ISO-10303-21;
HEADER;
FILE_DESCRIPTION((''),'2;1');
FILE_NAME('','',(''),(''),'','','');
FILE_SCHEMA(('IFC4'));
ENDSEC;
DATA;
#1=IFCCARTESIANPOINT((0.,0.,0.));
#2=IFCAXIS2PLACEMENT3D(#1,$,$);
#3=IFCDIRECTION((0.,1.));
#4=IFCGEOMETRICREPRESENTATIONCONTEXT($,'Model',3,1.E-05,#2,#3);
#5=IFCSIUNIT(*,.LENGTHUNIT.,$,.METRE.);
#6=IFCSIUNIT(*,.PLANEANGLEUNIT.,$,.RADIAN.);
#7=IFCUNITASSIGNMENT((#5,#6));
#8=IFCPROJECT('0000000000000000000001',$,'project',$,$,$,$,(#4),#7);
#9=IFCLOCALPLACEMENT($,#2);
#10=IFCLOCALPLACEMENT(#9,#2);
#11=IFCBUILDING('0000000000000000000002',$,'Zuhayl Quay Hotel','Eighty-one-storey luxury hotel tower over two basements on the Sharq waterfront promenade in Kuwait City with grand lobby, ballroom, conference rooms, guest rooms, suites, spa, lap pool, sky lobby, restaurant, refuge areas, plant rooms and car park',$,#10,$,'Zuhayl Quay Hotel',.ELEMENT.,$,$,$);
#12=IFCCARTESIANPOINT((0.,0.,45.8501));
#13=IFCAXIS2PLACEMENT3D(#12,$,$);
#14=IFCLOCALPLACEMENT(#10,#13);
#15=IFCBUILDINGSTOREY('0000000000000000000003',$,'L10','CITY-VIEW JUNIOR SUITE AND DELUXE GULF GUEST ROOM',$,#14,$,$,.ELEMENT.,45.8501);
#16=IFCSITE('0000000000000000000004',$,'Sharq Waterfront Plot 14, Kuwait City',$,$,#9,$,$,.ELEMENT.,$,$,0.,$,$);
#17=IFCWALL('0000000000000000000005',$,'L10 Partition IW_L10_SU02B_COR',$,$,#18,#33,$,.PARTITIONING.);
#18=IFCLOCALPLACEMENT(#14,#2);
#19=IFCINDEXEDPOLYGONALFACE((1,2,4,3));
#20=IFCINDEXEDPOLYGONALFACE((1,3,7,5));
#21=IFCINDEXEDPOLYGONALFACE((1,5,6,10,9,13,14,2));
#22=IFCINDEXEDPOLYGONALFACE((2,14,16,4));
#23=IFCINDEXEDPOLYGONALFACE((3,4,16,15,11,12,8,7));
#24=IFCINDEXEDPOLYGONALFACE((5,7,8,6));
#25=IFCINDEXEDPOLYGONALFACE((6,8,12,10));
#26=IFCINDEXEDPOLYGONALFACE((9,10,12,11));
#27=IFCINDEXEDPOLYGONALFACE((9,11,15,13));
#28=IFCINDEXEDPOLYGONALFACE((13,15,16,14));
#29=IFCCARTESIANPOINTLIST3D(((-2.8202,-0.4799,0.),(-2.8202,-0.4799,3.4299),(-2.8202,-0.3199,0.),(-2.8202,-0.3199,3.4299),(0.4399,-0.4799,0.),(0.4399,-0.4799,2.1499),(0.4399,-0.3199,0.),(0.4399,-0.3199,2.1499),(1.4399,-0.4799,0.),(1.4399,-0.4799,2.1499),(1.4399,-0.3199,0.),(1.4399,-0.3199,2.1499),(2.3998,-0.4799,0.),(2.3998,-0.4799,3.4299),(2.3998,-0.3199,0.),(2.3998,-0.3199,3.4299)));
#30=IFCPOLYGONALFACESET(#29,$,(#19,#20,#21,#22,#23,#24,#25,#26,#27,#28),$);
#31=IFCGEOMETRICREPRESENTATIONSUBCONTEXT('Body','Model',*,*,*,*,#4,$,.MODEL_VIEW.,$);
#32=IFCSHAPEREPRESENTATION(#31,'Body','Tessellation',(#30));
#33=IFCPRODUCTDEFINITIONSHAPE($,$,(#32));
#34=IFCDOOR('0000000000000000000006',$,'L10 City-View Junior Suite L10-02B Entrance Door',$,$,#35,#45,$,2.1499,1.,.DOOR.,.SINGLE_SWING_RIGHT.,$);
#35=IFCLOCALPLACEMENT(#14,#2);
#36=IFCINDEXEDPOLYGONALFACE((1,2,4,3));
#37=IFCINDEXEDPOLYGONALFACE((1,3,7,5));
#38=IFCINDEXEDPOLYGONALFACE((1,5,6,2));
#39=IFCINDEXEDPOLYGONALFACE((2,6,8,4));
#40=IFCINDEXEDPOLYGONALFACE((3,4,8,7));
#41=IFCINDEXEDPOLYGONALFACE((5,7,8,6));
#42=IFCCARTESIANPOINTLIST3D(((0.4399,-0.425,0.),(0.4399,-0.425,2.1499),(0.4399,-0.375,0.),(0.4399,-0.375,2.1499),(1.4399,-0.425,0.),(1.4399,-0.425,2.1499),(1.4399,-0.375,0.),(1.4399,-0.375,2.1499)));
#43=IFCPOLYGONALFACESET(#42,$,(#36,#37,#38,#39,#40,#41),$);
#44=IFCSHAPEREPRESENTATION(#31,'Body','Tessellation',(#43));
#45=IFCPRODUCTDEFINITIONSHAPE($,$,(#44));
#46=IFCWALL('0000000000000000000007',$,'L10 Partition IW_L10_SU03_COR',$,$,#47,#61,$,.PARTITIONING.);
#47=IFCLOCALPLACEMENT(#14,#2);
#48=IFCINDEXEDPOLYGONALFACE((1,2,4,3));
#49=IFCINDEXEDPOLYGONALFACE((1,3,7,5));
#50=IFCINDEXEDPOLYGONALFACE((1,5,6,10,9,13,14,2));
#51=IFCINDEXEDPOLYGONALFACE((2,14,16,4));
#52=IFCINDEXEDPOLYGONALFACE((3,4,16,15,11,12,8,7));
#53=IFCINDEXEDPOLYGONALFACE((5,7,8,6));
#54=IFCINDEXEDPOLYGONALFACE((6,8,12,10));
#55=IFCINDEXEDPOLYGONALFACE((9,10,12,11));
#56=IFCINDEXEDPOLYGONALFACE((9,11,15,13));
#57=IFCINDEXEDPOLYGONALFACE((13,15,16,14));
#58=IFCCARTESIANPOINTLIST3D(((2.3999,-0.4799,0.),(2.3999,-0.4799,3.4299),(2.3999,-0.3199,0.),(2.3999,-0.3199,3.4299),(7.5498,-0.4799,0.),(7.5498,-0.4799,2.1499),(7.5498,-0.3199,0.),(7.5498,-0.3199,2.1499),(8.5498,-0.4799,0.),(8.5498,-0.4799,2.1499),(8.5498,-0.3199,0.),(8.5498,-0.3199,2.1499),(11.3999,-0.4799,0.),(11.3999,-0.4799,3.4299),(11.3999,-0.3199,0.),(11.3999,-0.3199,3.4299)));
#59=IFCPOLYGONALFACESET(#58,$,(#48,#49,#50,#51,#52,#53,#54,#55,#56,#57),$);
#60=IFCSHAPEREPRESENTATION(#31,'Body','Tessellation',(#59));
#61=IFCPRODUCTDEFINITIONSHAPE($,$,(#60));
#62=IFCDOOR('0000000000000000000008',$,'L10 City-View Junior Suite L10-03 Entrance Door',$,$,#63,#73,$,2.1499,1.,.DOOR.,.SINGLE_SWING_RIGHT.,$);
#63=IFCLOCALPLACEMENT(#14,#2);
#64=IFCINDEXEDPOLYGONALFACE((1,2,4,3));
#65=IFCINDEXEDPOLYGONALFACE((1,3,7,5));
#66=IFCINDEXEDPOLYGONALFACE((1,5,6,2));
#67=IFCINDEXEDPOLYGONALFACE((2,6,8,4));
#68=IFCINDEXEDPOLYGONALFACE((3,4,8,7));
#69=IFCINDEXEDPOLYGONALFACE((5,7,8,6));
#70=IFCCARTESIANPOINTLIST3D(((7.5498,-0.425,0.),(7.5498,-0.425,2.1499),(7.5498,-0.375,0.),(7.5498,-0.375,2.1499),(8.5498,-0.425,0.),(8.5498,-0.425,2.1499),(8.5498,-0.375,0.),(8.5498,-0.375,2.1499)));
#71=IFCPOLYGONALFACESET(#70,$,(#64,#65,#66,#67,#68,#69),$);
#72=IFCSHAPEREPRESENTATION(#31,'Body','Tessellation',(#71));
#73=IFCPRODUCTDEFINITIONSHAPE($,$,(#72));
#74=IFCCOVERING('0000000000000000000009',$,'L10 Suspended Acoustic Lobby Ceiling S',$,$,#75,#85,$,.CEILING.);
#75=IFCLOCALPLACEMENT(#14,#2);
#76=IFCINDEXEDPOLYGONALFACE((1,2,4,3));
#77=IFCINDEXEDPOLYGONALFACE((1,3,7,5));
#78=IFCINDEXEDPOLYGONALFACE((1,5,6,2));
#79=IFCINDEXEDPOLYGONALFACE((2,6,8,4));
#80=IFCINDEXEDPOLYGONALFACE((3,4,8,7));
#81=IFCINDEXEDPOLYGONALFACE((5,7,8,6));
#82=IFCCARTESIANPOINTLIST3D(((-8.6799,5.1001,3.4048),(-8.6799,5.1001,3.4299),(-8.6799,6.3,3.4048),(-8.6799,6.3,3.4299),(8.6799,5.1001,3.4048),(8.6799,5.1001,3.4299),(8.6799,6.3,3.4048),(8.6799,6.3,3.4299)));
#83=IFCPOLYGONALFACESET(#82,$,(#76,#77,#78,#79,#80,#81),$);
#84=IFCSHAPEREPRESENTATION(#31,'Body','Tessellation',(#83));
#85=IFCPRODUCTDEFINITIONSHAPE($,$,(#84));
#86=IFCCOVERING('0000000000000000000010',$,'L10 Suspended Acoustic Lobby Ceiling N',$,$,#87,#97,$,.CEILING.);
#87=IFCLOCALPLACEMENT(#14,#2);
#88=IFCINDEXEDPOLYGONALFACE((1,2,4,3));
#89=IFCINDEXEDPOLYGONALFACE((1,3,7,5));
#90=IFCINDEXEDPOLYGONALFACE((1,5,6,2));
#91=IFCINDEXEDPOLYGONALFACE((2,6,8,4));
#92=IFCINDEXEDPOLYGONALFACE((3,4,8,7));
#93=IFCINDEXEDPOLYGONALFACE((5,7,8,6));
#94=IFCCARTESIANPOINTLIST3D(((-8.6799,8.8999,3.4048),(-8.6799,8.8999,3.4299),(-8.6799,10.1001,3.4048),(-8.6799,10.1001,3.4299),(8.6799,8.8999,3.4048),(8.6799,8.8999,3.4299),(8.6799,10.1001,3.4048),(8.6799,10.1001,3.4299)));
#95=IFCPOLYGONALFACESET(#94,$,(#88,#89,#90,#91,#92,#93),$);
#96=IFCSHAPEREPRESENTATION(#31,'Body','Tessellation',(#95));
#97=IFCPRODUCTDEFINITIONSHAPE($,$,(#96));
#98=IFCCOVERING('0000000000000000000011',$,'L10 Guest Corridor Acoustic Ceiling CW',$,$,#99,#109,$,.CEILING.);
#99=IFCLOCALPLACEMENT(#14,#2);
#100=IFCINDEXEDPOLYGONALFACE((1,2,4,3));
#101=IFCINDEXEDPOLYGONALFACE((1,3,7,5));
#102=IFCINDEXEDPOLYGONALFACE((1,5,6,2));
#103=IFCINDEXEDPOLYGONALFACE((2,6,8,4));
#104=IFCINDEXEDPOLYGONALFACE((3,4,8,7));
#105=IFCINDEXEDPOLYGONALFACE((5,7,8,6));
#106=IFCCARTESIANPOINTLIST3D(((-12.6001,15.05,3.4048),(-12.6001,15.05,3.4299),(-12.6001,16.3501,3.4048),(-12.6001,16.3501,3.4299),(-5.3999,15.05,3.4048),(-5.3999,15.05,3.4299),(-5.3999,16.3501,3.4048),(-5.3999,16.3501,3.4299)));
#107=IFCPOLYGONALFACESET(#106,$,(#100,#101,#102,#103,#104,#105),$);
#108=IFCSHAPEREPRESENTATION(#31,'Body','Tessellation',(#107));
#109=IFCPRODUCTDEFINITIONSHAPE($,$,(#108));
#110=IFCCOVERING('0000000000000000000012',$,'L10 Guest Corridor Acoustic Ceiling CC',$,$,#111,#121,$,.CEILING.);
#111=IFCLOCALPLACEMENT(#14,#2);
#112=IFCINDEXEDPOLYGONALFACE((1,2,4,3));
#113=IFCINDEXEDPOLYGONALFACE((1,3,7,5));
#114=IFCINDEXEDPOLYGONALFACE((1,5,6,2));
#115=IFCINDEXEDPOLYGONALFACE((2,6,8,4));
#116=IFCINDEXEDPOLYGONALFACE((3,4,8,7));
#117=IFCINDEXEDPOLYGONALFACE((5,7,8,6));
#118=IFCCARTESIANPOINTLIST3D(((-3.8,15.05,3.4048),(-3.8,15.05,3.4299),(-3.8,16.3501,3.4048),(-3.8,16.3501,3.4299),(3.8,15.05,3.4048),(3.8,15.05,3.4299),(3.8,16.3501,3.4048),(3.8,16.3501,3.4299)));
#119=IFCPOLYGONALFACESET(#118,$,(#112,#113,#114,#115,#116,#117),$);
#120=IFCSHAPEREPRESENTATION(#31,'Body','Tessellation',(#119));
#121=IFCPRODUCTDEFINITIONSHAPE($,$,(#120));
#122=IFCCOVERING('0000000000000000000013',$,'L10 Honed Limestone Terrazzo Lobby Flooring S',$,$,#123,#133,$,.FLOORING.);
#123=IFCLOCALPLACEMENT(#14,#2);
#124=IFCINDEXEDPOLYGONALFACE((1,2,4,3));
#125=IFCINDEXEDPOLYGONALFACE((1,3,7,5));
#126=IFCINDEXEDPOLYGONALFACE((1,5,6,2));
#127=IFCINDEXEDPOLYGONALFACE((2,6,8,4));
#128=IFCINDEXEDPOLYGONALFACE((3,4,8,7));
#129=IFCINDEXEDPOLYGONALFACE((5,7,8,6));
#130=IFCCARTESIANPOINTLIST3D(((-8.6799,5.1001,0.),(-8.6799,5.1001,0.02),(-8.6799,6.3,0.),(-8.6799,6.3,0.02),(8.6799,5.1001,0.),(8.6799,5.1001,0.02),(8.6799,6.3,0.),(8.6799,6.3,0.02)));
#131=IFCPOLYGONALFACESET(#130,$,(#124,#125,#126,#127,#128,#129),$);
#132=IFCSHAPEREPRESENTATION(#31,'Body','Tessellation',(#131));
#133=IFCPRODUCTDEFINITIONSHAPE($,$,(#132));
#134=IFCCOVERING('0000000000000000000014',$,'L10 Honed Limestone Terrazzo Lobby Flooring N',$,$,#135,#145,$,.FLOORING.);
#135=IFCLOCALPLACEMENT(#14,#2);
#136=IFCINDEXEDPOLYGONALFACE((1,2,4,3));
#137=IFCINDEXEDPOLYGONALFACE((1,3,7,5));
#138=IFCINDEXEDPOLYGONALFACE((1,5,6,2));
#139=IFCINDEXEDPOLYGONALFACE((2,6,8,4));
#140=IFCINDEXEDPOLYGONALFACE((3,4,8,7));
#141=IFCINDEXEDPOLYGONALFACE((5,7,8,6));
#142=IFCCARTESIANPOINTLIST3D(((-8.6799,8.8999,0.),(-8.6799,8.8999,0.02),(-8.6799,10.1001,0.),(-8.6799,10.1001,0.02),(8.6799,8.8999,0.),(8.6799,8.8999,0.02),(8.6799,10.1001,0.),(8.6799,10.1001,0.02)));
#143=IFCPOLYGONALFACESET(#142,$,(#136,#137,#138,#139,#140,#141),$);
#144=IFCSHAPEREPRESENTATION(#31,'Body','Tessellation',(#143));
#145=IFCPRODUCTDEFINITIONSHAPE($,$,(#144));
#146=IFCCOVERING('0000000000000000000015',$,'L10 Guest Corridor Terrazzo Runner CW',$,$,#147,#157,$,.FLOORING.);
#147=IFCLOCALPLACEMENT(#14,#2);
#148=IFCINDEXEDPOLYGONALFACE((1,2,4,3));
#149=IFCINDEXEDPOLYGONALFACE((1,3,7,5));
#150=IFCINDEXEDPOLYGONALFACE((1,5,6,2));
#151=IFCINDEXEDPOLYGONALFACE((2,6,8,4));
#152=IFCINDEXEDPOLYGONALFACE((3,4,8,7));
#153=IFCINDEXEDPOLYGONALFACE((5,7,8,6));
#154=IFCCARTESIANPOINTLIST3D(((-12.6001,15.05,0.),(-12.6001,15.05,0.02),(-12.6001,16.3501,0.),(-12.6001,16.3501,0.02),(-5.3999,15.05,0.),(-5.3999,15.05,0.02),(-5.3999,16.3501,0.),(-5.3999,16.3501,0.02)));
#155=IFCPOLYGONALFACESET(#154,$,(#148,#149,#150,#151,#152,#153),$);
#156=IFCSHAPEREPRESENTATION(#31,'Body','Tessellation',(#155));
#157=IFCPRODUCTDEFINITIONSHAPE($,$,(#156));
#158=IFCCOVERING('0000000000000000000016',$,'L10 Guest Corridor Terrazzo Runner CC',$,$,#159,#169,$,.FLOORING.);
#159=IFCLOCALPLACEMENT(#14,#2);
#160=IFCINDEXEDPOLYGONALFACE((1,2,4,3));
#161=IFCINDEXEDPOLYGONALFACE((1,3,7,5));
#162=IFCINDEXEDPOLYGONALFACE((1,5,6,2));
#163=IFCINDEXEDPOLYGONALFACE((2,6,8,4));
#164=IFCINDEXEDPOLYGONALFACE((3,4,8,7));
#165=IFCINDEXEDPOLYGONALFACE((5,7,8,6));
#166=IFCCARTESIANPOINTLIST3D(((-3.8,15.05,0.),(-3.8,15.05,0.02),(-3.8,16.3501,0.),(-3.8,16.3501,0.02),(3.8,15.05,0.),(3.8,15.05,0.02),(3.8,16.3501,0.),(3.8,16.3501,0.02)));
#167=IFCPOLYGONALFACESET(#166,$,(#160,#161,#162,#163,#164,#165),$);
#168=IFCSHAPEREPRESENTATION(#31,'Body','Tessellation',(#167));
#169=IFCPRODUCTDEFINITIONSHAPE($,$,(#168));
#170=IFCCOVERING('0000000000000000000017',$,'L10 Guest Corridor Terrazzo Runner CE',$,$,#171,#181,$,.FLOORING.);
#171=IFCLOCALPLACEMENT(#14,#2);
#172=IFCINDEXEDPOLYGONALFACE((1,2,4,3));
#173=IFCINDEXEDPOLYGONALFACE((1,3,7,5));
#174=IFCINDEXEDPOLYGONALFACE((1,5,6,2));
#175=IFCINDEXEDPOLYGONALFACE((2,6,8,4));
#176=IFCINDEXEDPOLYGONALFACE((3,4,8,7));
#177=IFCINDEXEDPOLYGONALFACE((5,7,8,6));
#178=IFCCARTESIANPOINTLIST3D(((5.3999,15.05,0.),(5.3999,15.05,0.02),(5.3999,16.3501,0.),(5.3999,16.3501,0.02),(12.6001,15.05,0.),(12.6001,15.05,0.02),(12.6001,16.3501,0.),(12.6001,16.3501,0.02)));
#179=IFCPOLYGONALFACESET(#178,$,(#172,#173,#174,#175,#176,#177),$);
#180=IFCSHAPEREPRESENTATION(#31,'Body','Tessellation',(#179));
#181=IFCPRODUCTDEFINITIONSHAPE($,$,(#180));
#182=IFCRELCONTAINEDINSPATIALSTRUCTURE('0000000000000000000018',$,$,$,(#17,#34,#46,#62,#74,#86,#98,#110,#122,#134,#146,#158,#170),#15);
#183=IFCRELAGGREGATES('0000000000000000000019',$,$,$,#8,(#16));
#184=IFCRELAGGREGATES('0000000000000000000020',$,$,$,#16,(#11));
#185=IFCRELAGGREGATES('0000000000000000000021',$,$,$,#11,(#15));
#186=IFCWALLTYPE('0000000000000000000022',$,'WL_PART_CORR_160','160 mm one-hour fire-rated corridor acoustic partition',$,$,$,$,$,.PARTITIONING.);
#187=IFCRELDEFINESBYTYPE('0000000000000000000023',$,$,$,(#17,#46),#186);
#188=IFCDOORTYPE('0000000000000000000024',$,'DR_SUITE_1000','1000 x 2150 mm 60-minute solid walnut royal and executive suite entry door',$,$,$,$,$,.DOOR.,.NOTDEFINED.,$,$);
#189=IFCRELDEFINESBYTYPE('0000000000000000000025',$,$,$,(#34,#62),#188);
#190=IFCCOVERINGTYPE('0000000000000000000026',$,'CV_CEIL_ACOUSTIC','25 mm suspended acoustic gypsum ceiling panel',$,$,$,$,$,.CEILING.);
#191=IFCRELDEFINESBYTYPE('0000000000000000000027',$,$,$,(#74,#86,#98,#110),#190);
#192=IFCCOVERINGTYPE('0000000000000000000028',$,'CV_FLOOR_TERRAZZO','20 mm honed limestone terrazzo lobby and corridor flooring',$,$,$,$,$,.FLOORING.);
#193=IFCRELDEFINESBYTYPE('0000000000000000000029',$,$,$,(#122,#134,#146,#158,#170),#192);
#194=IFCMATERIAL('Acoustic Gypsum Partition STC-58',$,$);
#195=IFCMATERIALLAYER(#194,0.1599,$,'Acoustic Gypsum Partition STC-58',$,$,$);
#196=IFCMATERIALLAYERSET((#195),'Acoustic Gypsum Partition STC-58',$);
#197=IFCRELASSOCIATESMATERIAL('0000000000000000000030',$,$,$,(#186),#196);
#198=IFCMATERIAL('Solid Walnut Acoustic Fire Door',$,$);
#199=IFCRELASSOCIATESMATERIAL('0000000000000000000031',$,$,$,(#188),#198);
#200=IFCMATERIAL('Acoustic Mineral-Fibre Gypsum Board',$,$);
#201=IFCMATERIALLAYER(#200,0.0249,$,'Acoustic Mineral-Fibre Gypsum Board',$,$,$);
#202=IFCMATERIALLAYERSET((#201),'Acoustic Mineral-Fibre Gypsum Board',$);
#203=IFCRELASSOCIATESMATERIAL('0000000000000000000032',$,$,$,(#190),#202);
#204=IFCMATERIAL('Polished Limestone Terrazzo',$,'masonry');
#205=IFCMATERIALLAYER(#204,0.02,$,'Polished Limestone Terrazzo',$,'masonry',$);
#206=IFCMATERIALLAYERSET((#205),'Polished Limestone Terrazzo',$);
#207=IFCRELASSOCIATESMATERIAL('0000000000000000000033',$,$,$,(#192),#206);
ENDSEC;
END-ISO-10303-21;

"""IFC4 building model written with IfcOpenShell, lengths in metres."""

from ifc_helpers import new_model, si_unit, direction, frame, frame_2d, origin, place, context, subcontext, project, spatial, polyline, rectangle, outline, extrude, material, layer, layer_set, type_object, element, fill, save


model = new_model("IFC4")

# Units and contexts
model_context = context("Model", 3, precision=1e-05, world=origin(), true_north=direction((0.0, 1.0)))
body_context = subcontext(model_context, "Body", "Model", "MODEL_VIEW")
ifc_project = project(units=[si_unit("LENGTHUNIT", "METRE"), si_unit("PLANEANGLEUNIT", "RADIAN")], contexts=[model_context])

# Site, building, storey
site_placement = place(None, origin())
site = spatial("IfcSite", under=ifc_project, at=site_placement, Name="Sharq Waterfront Plot 14, Kuwait City", CompositionType="ELEMENT", RefElevation=0.0)
building_placement = place(site_placement, origin())
building = spatial("IfcBuilding", under=site, at=building_placement, Name="Zuhayl Quay Hotel", Description="Eighty-one-storey luxury hotel tower over two basements on the Sharq waterfront promenade in Kuwait City with grand lobby, ballroom, conference rooms, guest rooms, suites, spa, lap pool, sky lobby, restaurant, refuge areas, plant rooms and car park", LongName="Zuhayl Quay Hotel", CompositionType="ELEMENT")
storey_placement = place(building_placement, frame((0.0, 0.0, 45.8501)))
storey = spatial("IfcBuildingStorey", under=building, at=storey_placement, Name="L10", Description="CITY-VIEW JUNIOR SUITE AND DELUXE GULF GUEST ROOM", CompositionType="ELEMENT", Elevation=45.8501)

# Walls, openings, doors
ifc_material_1 = material(Name="Acoustic Gypsum Partition STC-58")
ifc_layer_1 = layer(ifc_material_1, 0.1599, Name="Acoustic Gypsum Partition STC-58")
ifc_layer_set_1 = layer_set([ifc_layer_1], Name="Acoustic Gypsum Partition STC-58")
wall_type = type_object("IfcWallType", Name="WL_PART_CORR_160", Description="160 mm one-hour fire-rated corridor acoustic partition", PredefinedType="PARTITIONING", material=ifc_layer_set_1)
wall_1_placement = place(storey_placement, frame((-2.8201, -0.3999, 0.0), z_axis=(0.0, 0.0, 1.0), x_axis=(1.0, 0.0, 0.0)))
wall_1 = element("IfcWall", 1, at=wall_1_placement, inside=storey, type_object=wall_type, Name="L10 Partition IW_L10_SU02B_COR", PredefinedType="PARTITIONING", context=body_context, shape_type="SweptSolid", body=[
    extrude(rectangle(XDim=5.22, YDim=0.1599, at=frame_2d((2.6099, 0.0))), origin(), (0.0, 0.0, 1.0), 3.4299),
])
opening_1_placement = place(wall_1_placement, frame((3.26, 0.0, 0.0)))
opening_1 = element("IfcOpeningElement", 2, at=opening_1_placement, cuts=wall_1, PredefinedType="OPENING", context=body_context, shape_type="SweptSolid", body=[
    extrude(rectangle(XDim=1.0, YDim=2.1499, at=frame_2d((0.5, 1.075))), frame((0.0, 0.0898, 0.0), z_axis=(0.0, -1.0, 0.0), x_axis=(1.0, 0.0, 0.0)), (0.0, 0.0, 1.0), 0.1799),
])
ifc_material_2 = material(Name="Solid Walnut Acoustic Fire Door")
door_type = type_object("IfcDoorType", Name="DR_SUITE_1000", Description="1000 x 2150 mm 60-minute solid walnut royal and executive suite entry door", OperationType="NOTDEFINED", PredefinedType="DOOR", material=ifc_material_2)
door_1_placement = place(opening_1_placement, origin())
door_1 = element("IfcDoor", 3, at=door_1_placement, inside=storey, type_object=door_type, Name="L10 City-View Junior Suite L10-02B Entrance Door", OperationType="SINGLE_SWING_RIGHT", OverallHeight=2.1499, OverallWidth=1.0, PredefinedType="DOOR", context=body_context, shape_type="SweptSolid", body=[
    extrude(rectangle(XDim=1.0, YDim=2.1499, at=frame_2d((0.5, 1.075))), frame((0.0, 0.0249, 0.0), z_axis=(0.0, -1.0, 0.0), x_axis=(1.0, 0.0, 0.0)), (0.0, 0.0, 1.0), 0.05),
])
fill(opening_1, door_1)
wall_2_placement = place(storey_placement, frame((2.3999, -0.3999, 0.0), z_axis=(0.0, 0.0, 1.0), x_axis=(1.0, 0.0, 0.0)))
wall_2 = element("IfcWall", 4, at=wall_2_placement, inside=storey, type_object=wall_type, Name="L10 Partition IW_L10_SU03_COR", PredefinedType="PARTITIONING", context=body_context, shape_type="SweptSolid", body=[
    extrude(rectangle(XDim=9.0, YDim=0.1599, at=frame_2d((4.5, 0.0))), origin(), (0.0, 0.0, 1.0), 3.4299),
])
opening_2_placement = place(wall_2_placement, frame((5.1499, 0.0, 0.0)))
opening_2 = element("IfcOpeningElement", 5, at=opening_2_placement, cuts=wall_2, PredefinedType="OPENING", context=body_context, shape_type="SweptSolid", body=[
    extrude(rectangle(XDim=1.0, YDim=2.1499, at=frame_2d((0.5, 1.075))), frame((0.0, 0.0898, 0.0), z_axis=(0.0, -1.0, 0.0), x_axis=(1.0, 0.0, 0.0)), (0.0, 0.0, 1.0), 0.1799),
])
door_2_placement = place(opening_2_placement, origin())
door_2 = element("IfcDoor", 6, at=door_2_placement, inside=storey, type_object=door_type, Name="L10 City-View Junior Suite L10-03 Entrance Door", OperationType="SINGLE_SWING_RIGHT", OverallHeight=2.1499, OverallWidth=1.0, PredefinedType="DOOR", context=body_context, shape_type="SweptSolid", body=[
    extrude(rectangle(XDim=1.0, YDim=2.1499, at=frame_2d((0.5, 1.075))), frame((0.0, 0.0249, 0.0), z_axis=(0.0, -1.0, 0.0), x_axis=(1.0, 0.0, 0.0)), (0.0, 0.0, 1.0), 0.05),
])
fill(opening_2, door_2)

# Coverings
ifc_material_3 = material(Name="Acoustic Mineral-Fibre Gypsum Board")
ifc_layer_2 = layer(ifc_material_3, 0.0249, Name="Acoustic Mineral-Fibre Gypsum Board")
ifc_layer_set_2 = layer_set([ifc_layer_2], Name="Acoustic Mineral-Fibre Gypsum Board")
covering_type_1 = type_object("IfcCoveringType", Name="CV_CEIL_ACOUSTIC", Description="25 mm suspended acoustic gypsum ceiling panel", PredefinedType="CEILING", material=ifc_layer_set_2)
covering_1_placement = place(storey_placement, frame((0.0, 0.0, 3.4048)))
element("IfcCovering", 7, at=covering_1_placement, inside=storey, type_object=covering_type_1, Name="L10 Suspended Acoustic Lobby Ceiling S", PredefinedType="CEILING", context=body_context, shape_type="SweptSolid", body=[
    extrude(outline(polyline([(-8.6799, 5.1001), (8.6799, 5.1001), (8.6799, 6.3), (-8.6799, 6.3), (-8.6799, 5.1001)])), origin(), (0.0, 0.0, 1.0), 0.0251),
])
covering_2_placement = place(storey_placement, frame((0.0, 0.0, 3.4048)))
element("IfcCovering", 8, at=covering_2_placement, inside=storey, type_object=covering_type_1, Name="L10 Suspended Acoustic Lobby Ceiling N", PredefinedType="CEILING", context=body_context, shape_type="SweptSolid", body=[
    extrude(outline(polyline([(-8.6799, 8.8999), (8.6799, 8.8999), (8.6799, 10.1001), (-8.6799, 10.1001), (-8.6799, 8.8999)])), origin(), (0.0, 0.0, 1.0), 0.0251),
])
covering_3_placement = place(storey_placement, frame((0.0, 0.0, 3.4048)))
element("IfcCovering", 9, at=covering_3_placement, inside=storey, type_object=covering_type_1, Name="L10 Guest Corridor Acoustic Ceiling CW", PredefinedType="CEILING", context=body_context, shape_type="SweptSolid", body=[
    extrude(outline(polyline([(-12.6001, 15.05), (-5.3999, 15.05), (-5.3999, 16.3501), (-12.6001, 16.3501), (-12.6001, 15.05)])), origin(), (0.0, 0.0, 1.0), 0.0251),
])
covering_4_placement = place(storey_placement, frame((0.0, 0.0, 3.4048)))
element("IfcCovering", 10, at=covering_4_placement, inside=storey, type_object=covering_type_1, Name="L10 Guest Corridor Acoustic Ceiling CC", PredefinedType="CEILING", context=body_context, shape_type="SweptSolid", body=[
    extrude(outline(polyline([(-3.8, 15.05), (3.8, 15.05), (3.8, 16.3501), (-3.8, 16.3501), (-3.8, 15.05)])), origin(), (0.0, 0.0, 1.0), 0.0251),
])
ifc_material_4 = material(Name="Polished Limestone Terrazzo", Category="masonry")
ifc_layer_3 = layer(ifc_material_4, 0.02, Name="Polished Limestone Terrazzo", Category="masonry")
ifc_layer_set_3 = layer_set([ifc_layer_3], Name="Polished Limestone Terrazzo")
covering_type_2 = type_object("IfcCoveringType", Name="CV_FLOOR_TERRAZZO", Description="20 mm honed limestone terrazzo lobby and corridor flooring", PredefinedType="FLOORING", material=ifc_layer_set_3)
covering_5_placement = place(storey_placement, origin())
element("IfcCovering", 11, at=covering_5_placement, inside=storey, type_object=covering_type_2, Name="L10 Honed Limestone Terrazzo Lobby Flooring S", PredefinedType="FLOORING", context=body_context, shape_type="SweptSolid", body=[
    extrude(outline(polyline([(-8.6799, 5.1001), (8.6799, 5.1001), (8.6799, 6.3), (-8.6799, 6.3), (-8.6799, 5.1001)])), origin(), (0.0, 0.0, 1.0), 0.02),
])
covering_6_placement = place(storey_placement, origin())
element("IfcCovering", 12, at=covering_6_placement, inside=storey, type_object=covering_type_2, Name="L10 Honed Limestone Terrazzo Lobby Flooring N", PredefinedType="FLOORING", context=body_context, shape_type="SweptSolid", body=[
    extrude(outline(polyline([(-8.6799, 8.8999), (8.6799, 8.8999), (8.6799, 10.1001), (-8.6799, 10.1001), (-8.6799, 8.8999)])), origin(), (0.0, 0.0, 1.0), 0.02),
])
covering_7_placement = place(storey_placement, origin())
element("IfcCovering", 13, at=covering_7_placement, inside=storey, type_object=covering_type_2, Name="L10 Guest Corridor Terrazzo Runner CW", PredefinedType="FLOORING", context=body_context, shape_type="SweptSolid", body=[
    extrude(outline(polyline([(-12.6001, 15.05), (-5.3999, 15.05), (-5.3999, 16.3501), (-12.6001, 16.3501), (-12.6001, 15.05)])), origin(), (0.0, 0.0, 1.0), 0.02),
])
covering_8_placement = place(storey_placement, origin())
element("IfcCovering", 14, at=covering_8_placement, inside=storey, type_object=covering_type_2, Name="L10 Guest Corridor Terrazzo Runner CC", PredefinedType="FLOORING", context=body_context, shape_type="SweptSolid", body=[
    extrude(outline(polyline([(-3.8, 15.05), (3.8, 15.05), (3.8, 16.3501), (-3.8, 16.3501), (-3.8, 15.05)])), origin(), (0.0, 0.0, 1.0), 0.02),
])
covering_9_placement = place(storey_placement, origin())
element("IfcCovering", 15, at=covering_9_placement, inside=storey, type_object=covering_type_2, Name="L10 Guest Corridor Terrazzo Runner CE", PredefinedType="FLOORING", context=body_context, shape_type="SweptSolid", body=[
    extrude(outline(polyline([(5.3999, 15.05), (12.6001, 15.05), (12.6001, 16.3501), (5.3999, 16.3501), (5.3999, 15.05)])), origin(), (0.0, 0.0, 1.0), 0.02),
])

save(model, "model.ifc")
